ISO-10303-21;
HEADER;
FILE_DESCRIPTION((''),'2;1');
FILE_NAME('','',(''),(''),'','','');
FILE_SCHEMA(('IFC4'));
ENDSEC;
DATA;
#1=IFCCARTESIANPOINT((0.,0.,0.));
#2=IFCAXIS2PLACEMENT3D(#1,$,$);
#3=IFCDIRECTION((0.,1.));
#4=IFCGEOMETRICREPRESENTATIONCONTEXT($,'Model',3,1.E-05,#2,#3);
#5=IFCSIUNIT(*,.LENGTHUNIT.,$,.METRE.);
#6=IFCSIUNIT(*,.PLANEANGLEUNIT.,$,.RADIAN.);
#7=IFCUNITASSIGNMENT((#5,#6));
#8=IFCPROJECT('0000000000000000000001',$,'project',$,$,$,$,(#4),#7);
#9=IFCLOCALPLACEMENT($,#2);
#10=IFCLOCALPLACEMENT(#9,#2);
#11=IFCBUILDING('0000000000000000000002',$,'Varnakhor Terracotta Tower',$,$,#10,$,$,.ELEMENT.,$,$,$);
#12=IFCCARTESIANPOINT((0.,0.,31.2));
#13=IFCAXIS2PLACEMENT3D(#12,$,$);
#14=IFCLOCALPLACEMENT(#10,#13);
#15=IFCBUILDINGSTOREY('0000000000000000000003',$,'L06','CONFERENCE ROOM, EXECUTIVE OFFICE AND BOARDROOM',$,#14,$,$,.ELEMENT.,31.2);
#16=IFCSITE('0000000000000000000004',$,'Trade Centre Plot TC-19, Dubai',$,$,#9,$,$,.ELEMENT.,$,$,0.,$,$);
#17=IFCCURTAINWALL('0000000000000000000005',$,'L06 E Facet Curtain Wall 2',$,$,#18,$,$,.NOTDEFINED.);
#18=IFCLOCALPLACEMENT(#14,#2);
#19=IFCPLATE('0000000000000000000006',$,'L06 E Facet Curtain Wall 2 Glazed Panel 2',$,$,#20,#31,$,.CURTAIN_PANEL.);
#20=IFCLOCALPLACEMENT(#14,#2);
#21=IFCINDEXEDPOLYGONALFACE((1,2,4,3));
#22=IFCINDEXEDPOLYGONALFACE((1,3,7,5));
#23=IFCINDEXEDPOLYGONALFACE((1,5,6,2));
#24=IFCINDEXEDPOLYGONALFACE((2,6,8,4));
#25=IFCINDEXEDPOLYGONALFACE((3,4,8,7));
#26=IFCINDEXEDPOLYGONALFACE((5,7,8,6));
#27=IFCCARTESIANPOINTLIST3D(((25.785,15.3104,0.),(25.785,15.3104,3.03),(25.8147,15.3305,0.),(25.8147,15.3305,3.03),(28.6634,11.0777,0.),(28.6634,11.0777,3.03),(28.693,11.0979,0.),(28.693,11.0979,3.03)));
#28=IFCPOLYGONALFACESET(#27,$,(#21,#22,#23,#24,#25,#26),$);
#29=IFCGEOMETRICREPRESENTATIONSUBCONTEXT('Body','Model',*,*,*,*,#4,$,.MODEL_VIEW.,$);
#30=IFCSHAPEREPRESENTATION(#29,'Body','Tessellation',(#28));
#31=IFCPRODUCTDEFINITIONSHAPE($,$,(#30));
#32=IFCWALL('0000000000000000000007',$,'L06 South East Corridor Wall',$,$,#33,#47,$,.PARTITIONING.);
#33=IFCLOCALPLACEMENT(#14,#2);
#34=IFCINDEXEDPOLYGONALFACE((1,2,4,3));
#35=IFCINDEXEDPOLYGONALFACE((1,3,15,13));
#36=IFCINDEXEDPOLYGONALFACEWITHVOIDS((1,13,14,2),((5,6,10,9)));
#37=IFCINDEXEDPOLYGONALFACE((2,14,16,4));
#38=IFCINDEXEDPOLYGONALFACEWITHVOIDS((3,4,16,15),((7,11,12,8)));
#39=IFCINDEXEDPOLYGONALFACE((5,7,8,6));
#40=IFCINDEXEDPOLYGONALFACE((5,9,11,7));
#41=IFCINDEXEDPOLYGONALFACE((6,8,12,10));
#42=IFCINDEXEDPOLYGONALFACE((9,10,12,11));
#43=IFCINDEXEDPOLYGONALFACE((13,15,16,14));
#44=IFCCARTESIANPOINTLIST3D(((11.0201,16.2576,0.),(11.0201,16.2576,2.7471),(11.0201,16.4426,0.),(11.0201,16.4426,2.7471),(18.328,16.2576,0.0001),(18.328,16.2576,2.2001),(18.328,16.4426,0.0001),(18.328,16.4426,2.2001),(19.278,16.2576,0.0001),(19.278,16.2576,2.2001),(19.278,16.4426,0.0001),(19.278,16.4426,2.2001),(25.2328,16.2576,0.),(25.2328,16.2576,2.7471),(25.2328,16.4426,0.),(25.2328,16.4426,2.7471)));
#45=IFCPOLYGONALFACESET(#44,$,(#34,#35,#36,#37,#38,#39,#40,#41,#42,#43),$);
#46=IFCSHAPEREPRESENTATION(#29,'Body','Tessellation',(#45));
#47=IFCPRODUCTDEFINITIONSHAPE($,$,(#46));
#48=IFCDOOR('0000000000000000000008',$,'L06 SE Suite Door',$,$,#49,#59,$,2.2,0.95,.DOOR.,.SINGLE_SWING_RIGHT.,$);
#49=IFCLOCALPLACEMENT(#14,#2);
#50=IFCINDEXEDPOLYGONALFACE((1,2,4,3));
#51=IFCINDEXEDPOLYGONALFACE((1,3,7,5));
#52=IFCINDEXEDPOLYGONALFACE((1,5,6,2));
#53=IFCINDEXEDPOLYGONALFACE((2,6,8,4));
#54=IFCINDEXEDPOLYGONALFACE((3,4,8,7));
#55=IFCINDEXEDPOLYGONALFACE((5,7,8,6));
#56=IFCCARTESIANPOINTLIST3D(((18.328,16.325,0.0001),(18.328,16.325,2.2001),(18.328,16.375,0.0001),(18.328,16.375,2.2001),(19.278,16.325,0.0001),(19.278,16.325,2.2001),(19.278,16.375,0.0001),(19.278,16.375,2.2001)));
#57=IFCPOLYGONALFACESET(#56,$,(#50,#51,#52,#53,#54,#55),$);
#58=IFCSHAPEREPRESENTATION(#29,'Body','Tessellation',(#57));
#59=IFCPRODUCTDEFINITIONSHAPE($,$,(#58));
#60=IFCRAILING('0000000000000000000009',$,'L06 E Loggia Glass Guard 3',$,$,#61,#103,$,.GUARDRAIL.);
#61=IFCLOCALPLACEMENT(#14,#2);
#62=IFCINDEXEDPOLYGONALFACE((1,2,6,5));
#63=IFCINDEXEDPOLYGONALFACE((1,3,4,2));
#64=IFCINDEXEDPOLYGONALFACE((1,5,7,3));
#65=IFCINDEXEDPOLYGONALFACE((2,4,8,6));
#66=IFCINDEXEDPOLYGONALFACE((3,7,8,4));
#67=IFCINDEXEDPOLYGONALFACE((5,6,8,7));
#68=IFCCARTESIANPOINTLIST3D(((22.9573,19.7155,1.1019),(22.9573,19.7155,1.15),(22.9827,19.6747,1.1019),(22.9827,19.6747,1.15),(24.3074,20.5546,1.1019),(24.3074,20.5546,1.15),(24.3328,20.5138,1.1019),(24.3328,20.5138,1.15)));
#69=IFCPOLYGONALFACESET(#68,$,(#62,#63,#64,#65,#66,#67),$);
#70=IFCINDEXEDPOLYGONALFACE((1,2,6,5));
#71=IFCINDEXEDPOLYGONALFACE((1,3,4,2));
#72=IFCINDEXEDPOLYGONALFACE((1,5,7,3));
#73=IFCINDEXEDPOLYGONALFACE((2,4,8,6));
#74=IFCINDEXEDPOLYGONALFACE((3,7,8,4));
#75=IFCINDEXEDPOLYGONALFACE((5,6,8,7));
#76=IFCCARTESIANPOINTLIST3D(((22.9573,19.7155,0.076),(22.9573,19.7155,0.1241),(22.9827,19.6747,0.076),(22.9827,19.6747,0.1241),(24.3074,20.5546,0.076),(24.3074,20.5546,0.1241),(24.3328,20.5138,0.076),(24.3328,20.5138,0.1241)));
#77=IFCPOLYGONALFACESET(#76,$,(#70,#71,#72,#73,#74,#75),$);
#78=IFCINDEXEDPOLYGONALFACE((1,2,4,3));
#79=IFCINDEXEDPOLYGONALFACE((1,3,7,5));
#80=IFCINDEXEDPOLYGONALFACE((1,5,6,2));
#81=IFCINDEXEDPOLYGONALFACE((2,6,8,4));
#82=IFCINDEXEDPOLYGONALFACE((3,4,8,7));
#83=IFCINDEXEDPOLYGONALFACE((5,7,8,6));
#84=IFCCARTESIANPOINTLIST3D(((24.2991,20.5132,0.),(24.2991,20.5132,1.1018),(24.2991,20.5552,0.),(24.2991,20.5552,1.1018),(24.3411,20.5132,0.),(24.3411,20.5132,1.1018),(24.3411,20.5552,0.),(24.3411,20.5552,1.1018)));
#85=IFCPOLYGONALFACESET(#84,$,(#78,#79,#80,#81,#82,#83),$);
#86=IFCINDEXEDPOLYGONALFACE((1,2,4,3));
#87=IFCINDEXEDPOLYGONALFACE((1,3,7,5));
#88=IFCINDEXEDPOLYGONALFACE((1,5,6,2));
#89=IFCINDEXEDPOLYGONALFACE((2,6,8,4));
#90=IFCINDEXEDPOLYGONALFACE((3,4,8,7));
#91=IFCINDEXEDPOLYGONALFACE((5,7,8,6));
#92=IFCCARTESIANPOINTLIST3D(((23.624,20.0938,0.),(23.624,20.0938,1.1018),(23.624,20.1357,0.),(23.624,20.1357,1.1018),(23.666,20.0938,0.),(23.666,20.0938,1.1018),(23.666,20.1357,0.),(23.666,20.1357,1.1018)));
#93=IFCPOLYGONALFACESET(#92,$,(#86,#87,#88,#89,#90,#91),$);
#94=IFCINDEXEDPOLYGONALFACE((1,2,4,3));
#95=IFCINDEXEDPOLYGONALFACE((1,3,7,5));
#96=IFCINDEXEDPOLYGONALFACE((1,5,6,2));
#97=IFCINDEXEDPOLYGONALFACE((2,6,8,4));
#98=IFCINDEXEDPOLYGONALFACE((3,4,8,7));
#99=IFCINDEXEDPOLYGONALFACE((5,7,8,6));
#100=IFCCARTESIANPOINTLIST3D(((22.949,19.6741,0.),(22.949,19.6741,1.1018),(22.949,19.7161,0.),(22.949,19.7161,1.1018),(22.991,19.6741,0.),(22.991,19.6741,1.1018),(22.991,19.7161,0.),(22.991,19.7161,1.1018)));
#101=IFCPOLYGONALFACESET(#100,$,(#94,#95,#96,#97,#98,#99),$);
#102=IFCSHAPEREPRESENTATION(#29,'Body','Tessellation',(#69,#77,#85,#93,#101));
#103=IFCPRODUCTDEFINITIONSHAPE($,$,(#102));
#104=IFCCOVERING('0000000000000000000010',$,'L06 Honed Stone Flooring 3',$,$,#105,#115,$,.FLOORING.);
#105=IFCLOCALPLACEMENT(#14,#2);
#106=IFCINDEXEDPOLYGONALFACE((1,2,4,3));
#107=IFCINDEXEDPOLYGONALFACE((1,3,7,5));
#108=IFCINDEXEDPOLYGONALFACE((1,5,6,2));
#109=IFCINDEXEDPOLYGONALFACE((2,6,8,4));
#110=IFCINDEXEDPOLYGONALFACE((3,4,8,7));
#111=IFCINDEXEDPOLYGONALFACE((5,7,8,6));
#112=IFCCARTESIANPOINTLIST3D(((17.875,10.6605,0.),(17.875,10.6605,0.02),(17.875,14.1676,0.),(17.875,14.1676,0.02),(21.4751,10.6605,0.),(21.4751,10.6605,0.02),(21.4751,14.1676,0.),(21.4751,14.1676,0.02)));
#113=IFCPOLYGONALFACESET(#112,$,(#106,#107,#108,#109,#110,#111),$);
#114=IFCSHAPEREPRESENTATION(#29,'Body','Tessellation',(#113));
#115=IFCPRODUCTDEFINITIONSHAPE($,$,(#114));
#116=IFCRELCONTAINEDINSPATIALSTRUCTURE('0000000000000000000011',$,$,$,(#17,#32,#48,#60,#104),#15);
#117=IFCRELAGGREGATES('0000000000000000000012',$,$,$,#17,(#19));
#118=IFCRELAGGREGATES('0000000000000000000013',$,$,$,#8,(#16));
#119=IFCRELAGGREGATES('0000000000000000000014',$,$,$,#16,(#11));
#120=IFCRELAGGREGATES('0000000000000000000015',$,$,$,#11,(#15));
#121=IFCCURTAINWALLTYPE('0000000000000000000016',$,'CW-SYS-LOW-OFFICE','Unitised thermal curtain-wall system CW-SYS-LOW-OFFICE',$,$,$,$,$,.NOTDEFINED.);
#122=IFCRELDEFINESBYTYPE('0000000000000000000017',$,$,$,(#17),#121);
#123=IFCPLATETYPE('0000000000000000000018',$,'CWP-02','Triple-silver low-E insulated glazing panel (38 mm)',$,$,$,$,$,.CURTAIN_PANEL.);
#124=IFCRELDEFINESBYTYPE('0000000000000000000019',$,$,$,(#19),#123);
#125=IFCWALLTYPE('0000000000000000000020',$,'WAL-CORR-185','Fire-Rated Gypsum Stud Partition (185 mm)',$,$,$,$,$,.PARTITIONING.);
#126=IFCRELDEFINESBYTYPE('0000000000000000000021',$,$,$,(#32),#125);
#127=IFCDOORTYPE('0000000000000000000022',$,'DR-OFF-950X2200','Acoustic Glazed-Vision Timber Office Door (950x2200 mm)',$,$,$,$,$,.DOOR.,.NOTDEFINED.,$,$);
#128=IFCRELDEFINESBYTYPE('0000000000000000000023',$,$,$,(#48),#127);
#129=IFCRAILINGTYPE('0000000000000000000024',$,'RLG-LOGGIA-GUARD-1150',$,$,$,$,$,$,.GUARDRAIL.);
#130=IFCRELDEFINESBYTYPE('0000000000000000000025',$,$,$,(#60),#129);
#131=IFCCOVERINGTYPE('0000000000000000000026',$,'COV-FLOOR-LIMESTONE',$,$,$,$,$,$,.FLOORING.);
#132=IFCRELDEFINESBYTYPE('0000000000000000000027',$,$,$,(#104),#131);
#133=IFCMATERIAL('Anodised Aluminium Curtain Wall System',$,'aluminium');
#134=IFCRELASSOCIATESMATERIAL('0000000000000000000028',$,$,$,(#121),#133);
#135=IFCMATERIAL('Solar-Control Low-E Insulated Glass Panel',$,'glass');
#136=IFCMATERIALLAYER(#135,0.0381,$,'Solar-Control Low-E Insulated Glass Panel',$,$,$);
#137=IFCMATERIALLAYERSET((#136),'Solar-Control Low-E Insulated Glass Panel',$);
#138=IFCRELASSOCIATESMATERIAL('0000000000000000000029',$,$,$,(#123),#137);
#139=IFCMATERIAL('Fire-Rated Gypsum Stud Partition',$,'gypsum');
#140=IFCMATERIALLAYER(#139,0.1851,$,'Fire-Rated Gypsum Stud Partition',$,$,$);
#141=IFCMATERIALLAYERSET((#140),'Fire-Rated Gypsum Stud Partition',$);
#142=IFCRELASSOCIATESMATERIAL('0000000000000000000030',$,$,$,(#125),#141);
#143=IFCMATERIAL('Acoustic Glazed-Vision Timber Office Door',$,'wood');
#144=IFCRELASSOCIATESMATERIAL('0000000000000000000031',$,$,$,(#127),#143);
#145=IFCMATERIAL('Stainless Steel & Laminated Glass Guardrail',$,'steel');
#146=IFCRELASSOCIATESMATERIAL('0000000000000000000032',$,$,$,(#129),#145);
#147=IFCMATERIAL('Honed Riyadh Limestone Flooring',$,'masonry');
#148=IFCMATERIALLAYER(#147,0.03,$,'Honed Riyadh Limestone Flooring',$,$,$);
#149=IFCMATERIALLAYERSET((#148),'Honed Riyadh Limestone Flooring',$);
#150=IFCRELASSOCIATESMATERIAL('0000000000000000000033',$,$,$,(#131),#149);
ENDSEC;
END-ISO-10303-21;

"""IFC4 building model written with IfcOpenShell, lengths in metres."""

from ifc_helpers import new_model, si_unit, direction, frame, frame_2d, origin, origin_2d, place, context, subcontext, project, spatial, rectangle, extrude, source, transform, mapped, material, layer, layer_set, type_object, type_shapes, element, fill, aggregate, save


model = new_model("IFC4")

# Units and contexts
model_context = context("Model", 3, precision=1e-05, world=origin(), true_north=direction((0.0, 1.0)))
body_context = subcontext(model_context, "Body", "Model", "MODEL_VIEW")
ifc_project = project(units=[si_unit("LENGTHUNIT", "METRE"), si_unit("PLANEANGLEUNIT", "RADIAN")], contexts=[model_context])

# Site, building, storey
site_placement = place(None, origin())
site = spatial("IfcSite", under=ifc_project, at=site_placement, Name="Trade Centre Plot TC-19, Dubai", CompositionType="ELEMENT", RefElevation=0.0)
building_placement = place(site_placement, origin())
building = spatial("IfcBuilding", under=site, at=building_placement, Name="Varnakhor Terracotta Tower", CompositionType="ELEMENT")
storey_placement = place(building_placement, frame((0.0, 0.0, 31.2)))
storey = spatial("IfcBuildingStorey", under=building, at=storey_placement, Name="L06", Description="CONFERENCE ROOM, EXECUTIVE OFFICE AND BOARDROOM", CompositionType="ELEMENT", Elevation=31.2)

# Curtain wall
ifc_material_1 = material(Name="Anodised Aluminium Curtain Wall System", Category="aluminium")
curtain_wall_type = type_object("IfcCurtainWallType", Name="CW-SYS-LOW-OFFICE", Description="Unitised thermal curtain-wall system CW-SYS-LOW-OFFICE", PredefinedType="NOTDEFINED", material=ifc_material_1)
curtain_wall_placement = place(storey_placement, origin())
curtain_wall = element("IfcCurtainWall", 1, at=curtain_wall_placement, inside=storey, type_object=curtain_wall_type, Name="L06 E Facet Curtain Wall 2", PredefinedType="NOTDEFINED")

# Plate
ifc_material_2 = material(Name="Solar-Control Low-E Insulated Glass Panel", Category="glass")
ifc_layer_1 = layer(ifc_material_2, 0.0381, Name="Solar-Control Low-E Insulated Glass Panel")
ifc_layer_set_1 = layer_set([ifc_layer_1], Name="Solar-Control Low-E Insulated Glass Panel")
plate_type = type_object("IfcPlateType", Name="CWP-02", Description="Triple-silver low-E insulated glazing panel (38 mm)", PredefinedType="CURTAIN_PANEL", material=ifc_layer_set_1)
shared_shape_1 = source(origin(), body_context, "Body", "SweptSolid", [
    extrude(rectangle(XDim=5.1187, YDim=0.0359, at=origin_2d()), origin(), (0.0, 0.0, 1.0), 3.03),
])
plate_1_placement = place(storey_placement, frame((27.239, 13.2041, 0.0), z_axis=(0.0, 0.0, 1.0), x_axis=(0.562329, -0.826914, 0.0)))
plate_1 = element("IfcPlate", 2, at=plate_1_placement, type_object=plate_type, Name="L06 E Facet Curtain Wall 2 Glazed Panel 2", PredefinedType="CURTAIN_PANEL", context=body_context, shape_type="MappedRepresentation", body=[
    mapped(shared_shape_1, transform((0.0, 0.0, 0.0), scale=1.0)),
])
aggregate(curtain_wall, [plate_1])

# Wall, opening, door
ifc_material_3 = material(Name="Fire-Rated Gypsum Stud Partition", Category="gypsum")
ifc_layer_2 = layer(ifc_material_3, 0.1851, Name="Fire-Rated Gypsum Stud Partition")
ifc_layer_set_2 = layer_set([ifc_layer_2], Name="Fire-Rated Gypsum Stud Partition")
wall_type = type_object("IfcWallType", Name="WAL-CORR-185", Description="Fire-Rated Gypsum Stud Partition (185 mm)", PredefinedType="PARTITIONING", material=ifc_layer_set_2)
wall_placement = place(storey_placement, frame((11.02, 16.3501, 0.0), z_axis=(0.0, 0.0, 1.0), x_axis=(1.0, 0.0, 0.0)))
wall = element("IfcWall", 3, at=wall_placement, inside=storey, type_object=wall_type, Name="L06 South East Corridor Wall", PredefinedType="PARTITIONING", context=body_context, shape_type="SweptSolid", body=[
    extrude(rectangle(XDim=14.2126, YDim=0.1851, at=frame_2d((7.1064, 0.0))), origin(), (0.0, 0.0, 1.0), 2.7471),
])
opening_placement = place(wall_placement, frame((7.3079, 0.0, 0.0)))
opening = element("IfcOpeningElement", 4, at=opening_placement, cuts=wall, PredefinedType="OPENING", context=body_context, shape_type="SweptSolid", body=[
    extrude(rectangle(XDim=0.95, YDim=2.2, at=frame_2d((0.4751, 1.1001))), frame((0.0, 0.1025, 0.0), z_axis=(0.0, -1.0, 0.0), x_axis=(1.0, 0.0, 0.0)), (0.0, 0.0, 1.0), 0.2051),
])
ifc_material_4 = material(Name="Acoustic Glazed-Vision Timber Office Door", Category="wood")
door_type = type_object("IfcDoorType", Name="DR-OFF-950X2200", Description="Acoustic Glazed-Vision Timber Office Door (950x2200 mm)", OperationType="NOTDEFINED", PredefinedType="DOOR", material=ifc_material_4)
shared_shape_2 = source(origin(), body_context, "Body", "SweptSolid", [
    extrude(rectangle(XDim=0.95, YDim=2.2, at=frame_2d((0.4751, 1.1001))), frame((0.0, 0.0249, 0.0), z_axis=(0.0, -1.0, 0.0), x_axis=(1.0, 0.0, 0.0)), (0.0, 0.0, 1.0), 0.05),
])
type_shapes(door_type, [shared_shape_2])
door_placement = place(opening_placement, origin())
door = element("IfcDoor", 5, at=door_placement, inside=storey, type_object=door_type, Name="L06 SE Suite Door", OperationType="SINGLE_SWING_RIGHT", OverallHeight=2.2, OverallWidth=0.95, PredefinedType="DOOR", context=body_context, shape_type="MappedRepresentation", body=[
    mapped(shared_shape_2, transform((0.0, 0.0, 0.0), scale=1.0)),
])
fill(opening, door)

# Railing
ifc_material_5 = material(Name="Stainless Steel & Laminated Glass Guardrail", Category="steel")
railing_type = type_object("IfcRailingType", Name="RLG-LOGGIA-GUARD-1150", PredefinedType="GUARDRAIL", material=ifc_material_5)
railing_placement = place(storey_placement, frame((24.3201, 20.5342, 0.0)))
element("IfcRailing", 6, at=railing_placement, inside=storey, type_object=railing_type, Name="L06 E Loggia Glass Guard 3", PredefinedType="GUARDRAIL", context=body_context, shape_type="SweptSolid", body=[
    extrude(rectangle(XDim=0.0481, YDim=0.0481, at=origin_2d()), frame((0.0, 0.0, 1.126), z_axis=(-0.849324, -0.527871, 0.0), x_axis=(0.527871, -0.849324, 0.0)), (0.0, 0.0, 1.0), 1.5896),
    extrude(rectangle(XDim=0.0481, YDim=0.0481, at=origin_2d()), frame((0.0, 0.0, 0.1001), z_axis=(-0.849324, -0.527871, 0.0), x_axis=(0.527871, -0.849324, 0.0)), (0.0, 0.0, 1.0), 1.5896),
    extrude(rectangle(XDim=0.042, YDim=0.042, at=origin_2d()), origin(), (0.0, 0.0, 1.0), 1.1018),
    extrude(rectangle(XDim=0.042, YDim=0.042, at=origin_2d()), frame((-0.675, -0.4194, 0.0)), (0.0, 0.0, 1.0), 1.1018),
    extrude(rectangle(XDim=0.042, YDim=0.042, at=origin_2d()), frame((-1.3501, -0.8391, 0.0)), (0.0, 0.0, 1.0), 1.1018),
])

# Covering
ifc_material_6 = material(Name="Honed Riyadh Limestone Flooring", Category="masonry")
ifc_layer_3 = layer(ifc_material_6, 0.03, Name="Honed Riyadh Limestone Flooring")
ifc_layer_set_3 = layer_set([ifc_layer_3], Name="Honed Riyadh Limestone Flooring")
covering_type = type_object("IfcCoveringType", Name="COV-FLOOR-LIMESTONE", PredefinedType="FLOORING", material=ifc_layer_set_3)
shared_shape_3 = source(origin(), body_context, "Body", "SweptSolid", [
    extrude(rectangle(XDim=3.6001, YDim=3.5071, at=origin_2d()), origin(), (0.0, 0.0, 1.0), 0.02),
])
covering_placement = place(storey_placement, frame((19.675, 12.4141, 0.0), z_axis=(0.0, 0.0, 1.0), x_axis=(1.0, 0.0, 0.0)))
element("IfcCovering", 7, at=covering_placement, inside=storey, type_object=covering_type, Name="L06 Honed Stone Flooring 3", PredefinedType="FLOORING", context=body_context, shape_type="MappedRepresentation", body=[
    mapped(shared_shape_3, transform((0.0, 0.0, 0.0), scale=1.0)),
])

save(model, "model.ifc")
